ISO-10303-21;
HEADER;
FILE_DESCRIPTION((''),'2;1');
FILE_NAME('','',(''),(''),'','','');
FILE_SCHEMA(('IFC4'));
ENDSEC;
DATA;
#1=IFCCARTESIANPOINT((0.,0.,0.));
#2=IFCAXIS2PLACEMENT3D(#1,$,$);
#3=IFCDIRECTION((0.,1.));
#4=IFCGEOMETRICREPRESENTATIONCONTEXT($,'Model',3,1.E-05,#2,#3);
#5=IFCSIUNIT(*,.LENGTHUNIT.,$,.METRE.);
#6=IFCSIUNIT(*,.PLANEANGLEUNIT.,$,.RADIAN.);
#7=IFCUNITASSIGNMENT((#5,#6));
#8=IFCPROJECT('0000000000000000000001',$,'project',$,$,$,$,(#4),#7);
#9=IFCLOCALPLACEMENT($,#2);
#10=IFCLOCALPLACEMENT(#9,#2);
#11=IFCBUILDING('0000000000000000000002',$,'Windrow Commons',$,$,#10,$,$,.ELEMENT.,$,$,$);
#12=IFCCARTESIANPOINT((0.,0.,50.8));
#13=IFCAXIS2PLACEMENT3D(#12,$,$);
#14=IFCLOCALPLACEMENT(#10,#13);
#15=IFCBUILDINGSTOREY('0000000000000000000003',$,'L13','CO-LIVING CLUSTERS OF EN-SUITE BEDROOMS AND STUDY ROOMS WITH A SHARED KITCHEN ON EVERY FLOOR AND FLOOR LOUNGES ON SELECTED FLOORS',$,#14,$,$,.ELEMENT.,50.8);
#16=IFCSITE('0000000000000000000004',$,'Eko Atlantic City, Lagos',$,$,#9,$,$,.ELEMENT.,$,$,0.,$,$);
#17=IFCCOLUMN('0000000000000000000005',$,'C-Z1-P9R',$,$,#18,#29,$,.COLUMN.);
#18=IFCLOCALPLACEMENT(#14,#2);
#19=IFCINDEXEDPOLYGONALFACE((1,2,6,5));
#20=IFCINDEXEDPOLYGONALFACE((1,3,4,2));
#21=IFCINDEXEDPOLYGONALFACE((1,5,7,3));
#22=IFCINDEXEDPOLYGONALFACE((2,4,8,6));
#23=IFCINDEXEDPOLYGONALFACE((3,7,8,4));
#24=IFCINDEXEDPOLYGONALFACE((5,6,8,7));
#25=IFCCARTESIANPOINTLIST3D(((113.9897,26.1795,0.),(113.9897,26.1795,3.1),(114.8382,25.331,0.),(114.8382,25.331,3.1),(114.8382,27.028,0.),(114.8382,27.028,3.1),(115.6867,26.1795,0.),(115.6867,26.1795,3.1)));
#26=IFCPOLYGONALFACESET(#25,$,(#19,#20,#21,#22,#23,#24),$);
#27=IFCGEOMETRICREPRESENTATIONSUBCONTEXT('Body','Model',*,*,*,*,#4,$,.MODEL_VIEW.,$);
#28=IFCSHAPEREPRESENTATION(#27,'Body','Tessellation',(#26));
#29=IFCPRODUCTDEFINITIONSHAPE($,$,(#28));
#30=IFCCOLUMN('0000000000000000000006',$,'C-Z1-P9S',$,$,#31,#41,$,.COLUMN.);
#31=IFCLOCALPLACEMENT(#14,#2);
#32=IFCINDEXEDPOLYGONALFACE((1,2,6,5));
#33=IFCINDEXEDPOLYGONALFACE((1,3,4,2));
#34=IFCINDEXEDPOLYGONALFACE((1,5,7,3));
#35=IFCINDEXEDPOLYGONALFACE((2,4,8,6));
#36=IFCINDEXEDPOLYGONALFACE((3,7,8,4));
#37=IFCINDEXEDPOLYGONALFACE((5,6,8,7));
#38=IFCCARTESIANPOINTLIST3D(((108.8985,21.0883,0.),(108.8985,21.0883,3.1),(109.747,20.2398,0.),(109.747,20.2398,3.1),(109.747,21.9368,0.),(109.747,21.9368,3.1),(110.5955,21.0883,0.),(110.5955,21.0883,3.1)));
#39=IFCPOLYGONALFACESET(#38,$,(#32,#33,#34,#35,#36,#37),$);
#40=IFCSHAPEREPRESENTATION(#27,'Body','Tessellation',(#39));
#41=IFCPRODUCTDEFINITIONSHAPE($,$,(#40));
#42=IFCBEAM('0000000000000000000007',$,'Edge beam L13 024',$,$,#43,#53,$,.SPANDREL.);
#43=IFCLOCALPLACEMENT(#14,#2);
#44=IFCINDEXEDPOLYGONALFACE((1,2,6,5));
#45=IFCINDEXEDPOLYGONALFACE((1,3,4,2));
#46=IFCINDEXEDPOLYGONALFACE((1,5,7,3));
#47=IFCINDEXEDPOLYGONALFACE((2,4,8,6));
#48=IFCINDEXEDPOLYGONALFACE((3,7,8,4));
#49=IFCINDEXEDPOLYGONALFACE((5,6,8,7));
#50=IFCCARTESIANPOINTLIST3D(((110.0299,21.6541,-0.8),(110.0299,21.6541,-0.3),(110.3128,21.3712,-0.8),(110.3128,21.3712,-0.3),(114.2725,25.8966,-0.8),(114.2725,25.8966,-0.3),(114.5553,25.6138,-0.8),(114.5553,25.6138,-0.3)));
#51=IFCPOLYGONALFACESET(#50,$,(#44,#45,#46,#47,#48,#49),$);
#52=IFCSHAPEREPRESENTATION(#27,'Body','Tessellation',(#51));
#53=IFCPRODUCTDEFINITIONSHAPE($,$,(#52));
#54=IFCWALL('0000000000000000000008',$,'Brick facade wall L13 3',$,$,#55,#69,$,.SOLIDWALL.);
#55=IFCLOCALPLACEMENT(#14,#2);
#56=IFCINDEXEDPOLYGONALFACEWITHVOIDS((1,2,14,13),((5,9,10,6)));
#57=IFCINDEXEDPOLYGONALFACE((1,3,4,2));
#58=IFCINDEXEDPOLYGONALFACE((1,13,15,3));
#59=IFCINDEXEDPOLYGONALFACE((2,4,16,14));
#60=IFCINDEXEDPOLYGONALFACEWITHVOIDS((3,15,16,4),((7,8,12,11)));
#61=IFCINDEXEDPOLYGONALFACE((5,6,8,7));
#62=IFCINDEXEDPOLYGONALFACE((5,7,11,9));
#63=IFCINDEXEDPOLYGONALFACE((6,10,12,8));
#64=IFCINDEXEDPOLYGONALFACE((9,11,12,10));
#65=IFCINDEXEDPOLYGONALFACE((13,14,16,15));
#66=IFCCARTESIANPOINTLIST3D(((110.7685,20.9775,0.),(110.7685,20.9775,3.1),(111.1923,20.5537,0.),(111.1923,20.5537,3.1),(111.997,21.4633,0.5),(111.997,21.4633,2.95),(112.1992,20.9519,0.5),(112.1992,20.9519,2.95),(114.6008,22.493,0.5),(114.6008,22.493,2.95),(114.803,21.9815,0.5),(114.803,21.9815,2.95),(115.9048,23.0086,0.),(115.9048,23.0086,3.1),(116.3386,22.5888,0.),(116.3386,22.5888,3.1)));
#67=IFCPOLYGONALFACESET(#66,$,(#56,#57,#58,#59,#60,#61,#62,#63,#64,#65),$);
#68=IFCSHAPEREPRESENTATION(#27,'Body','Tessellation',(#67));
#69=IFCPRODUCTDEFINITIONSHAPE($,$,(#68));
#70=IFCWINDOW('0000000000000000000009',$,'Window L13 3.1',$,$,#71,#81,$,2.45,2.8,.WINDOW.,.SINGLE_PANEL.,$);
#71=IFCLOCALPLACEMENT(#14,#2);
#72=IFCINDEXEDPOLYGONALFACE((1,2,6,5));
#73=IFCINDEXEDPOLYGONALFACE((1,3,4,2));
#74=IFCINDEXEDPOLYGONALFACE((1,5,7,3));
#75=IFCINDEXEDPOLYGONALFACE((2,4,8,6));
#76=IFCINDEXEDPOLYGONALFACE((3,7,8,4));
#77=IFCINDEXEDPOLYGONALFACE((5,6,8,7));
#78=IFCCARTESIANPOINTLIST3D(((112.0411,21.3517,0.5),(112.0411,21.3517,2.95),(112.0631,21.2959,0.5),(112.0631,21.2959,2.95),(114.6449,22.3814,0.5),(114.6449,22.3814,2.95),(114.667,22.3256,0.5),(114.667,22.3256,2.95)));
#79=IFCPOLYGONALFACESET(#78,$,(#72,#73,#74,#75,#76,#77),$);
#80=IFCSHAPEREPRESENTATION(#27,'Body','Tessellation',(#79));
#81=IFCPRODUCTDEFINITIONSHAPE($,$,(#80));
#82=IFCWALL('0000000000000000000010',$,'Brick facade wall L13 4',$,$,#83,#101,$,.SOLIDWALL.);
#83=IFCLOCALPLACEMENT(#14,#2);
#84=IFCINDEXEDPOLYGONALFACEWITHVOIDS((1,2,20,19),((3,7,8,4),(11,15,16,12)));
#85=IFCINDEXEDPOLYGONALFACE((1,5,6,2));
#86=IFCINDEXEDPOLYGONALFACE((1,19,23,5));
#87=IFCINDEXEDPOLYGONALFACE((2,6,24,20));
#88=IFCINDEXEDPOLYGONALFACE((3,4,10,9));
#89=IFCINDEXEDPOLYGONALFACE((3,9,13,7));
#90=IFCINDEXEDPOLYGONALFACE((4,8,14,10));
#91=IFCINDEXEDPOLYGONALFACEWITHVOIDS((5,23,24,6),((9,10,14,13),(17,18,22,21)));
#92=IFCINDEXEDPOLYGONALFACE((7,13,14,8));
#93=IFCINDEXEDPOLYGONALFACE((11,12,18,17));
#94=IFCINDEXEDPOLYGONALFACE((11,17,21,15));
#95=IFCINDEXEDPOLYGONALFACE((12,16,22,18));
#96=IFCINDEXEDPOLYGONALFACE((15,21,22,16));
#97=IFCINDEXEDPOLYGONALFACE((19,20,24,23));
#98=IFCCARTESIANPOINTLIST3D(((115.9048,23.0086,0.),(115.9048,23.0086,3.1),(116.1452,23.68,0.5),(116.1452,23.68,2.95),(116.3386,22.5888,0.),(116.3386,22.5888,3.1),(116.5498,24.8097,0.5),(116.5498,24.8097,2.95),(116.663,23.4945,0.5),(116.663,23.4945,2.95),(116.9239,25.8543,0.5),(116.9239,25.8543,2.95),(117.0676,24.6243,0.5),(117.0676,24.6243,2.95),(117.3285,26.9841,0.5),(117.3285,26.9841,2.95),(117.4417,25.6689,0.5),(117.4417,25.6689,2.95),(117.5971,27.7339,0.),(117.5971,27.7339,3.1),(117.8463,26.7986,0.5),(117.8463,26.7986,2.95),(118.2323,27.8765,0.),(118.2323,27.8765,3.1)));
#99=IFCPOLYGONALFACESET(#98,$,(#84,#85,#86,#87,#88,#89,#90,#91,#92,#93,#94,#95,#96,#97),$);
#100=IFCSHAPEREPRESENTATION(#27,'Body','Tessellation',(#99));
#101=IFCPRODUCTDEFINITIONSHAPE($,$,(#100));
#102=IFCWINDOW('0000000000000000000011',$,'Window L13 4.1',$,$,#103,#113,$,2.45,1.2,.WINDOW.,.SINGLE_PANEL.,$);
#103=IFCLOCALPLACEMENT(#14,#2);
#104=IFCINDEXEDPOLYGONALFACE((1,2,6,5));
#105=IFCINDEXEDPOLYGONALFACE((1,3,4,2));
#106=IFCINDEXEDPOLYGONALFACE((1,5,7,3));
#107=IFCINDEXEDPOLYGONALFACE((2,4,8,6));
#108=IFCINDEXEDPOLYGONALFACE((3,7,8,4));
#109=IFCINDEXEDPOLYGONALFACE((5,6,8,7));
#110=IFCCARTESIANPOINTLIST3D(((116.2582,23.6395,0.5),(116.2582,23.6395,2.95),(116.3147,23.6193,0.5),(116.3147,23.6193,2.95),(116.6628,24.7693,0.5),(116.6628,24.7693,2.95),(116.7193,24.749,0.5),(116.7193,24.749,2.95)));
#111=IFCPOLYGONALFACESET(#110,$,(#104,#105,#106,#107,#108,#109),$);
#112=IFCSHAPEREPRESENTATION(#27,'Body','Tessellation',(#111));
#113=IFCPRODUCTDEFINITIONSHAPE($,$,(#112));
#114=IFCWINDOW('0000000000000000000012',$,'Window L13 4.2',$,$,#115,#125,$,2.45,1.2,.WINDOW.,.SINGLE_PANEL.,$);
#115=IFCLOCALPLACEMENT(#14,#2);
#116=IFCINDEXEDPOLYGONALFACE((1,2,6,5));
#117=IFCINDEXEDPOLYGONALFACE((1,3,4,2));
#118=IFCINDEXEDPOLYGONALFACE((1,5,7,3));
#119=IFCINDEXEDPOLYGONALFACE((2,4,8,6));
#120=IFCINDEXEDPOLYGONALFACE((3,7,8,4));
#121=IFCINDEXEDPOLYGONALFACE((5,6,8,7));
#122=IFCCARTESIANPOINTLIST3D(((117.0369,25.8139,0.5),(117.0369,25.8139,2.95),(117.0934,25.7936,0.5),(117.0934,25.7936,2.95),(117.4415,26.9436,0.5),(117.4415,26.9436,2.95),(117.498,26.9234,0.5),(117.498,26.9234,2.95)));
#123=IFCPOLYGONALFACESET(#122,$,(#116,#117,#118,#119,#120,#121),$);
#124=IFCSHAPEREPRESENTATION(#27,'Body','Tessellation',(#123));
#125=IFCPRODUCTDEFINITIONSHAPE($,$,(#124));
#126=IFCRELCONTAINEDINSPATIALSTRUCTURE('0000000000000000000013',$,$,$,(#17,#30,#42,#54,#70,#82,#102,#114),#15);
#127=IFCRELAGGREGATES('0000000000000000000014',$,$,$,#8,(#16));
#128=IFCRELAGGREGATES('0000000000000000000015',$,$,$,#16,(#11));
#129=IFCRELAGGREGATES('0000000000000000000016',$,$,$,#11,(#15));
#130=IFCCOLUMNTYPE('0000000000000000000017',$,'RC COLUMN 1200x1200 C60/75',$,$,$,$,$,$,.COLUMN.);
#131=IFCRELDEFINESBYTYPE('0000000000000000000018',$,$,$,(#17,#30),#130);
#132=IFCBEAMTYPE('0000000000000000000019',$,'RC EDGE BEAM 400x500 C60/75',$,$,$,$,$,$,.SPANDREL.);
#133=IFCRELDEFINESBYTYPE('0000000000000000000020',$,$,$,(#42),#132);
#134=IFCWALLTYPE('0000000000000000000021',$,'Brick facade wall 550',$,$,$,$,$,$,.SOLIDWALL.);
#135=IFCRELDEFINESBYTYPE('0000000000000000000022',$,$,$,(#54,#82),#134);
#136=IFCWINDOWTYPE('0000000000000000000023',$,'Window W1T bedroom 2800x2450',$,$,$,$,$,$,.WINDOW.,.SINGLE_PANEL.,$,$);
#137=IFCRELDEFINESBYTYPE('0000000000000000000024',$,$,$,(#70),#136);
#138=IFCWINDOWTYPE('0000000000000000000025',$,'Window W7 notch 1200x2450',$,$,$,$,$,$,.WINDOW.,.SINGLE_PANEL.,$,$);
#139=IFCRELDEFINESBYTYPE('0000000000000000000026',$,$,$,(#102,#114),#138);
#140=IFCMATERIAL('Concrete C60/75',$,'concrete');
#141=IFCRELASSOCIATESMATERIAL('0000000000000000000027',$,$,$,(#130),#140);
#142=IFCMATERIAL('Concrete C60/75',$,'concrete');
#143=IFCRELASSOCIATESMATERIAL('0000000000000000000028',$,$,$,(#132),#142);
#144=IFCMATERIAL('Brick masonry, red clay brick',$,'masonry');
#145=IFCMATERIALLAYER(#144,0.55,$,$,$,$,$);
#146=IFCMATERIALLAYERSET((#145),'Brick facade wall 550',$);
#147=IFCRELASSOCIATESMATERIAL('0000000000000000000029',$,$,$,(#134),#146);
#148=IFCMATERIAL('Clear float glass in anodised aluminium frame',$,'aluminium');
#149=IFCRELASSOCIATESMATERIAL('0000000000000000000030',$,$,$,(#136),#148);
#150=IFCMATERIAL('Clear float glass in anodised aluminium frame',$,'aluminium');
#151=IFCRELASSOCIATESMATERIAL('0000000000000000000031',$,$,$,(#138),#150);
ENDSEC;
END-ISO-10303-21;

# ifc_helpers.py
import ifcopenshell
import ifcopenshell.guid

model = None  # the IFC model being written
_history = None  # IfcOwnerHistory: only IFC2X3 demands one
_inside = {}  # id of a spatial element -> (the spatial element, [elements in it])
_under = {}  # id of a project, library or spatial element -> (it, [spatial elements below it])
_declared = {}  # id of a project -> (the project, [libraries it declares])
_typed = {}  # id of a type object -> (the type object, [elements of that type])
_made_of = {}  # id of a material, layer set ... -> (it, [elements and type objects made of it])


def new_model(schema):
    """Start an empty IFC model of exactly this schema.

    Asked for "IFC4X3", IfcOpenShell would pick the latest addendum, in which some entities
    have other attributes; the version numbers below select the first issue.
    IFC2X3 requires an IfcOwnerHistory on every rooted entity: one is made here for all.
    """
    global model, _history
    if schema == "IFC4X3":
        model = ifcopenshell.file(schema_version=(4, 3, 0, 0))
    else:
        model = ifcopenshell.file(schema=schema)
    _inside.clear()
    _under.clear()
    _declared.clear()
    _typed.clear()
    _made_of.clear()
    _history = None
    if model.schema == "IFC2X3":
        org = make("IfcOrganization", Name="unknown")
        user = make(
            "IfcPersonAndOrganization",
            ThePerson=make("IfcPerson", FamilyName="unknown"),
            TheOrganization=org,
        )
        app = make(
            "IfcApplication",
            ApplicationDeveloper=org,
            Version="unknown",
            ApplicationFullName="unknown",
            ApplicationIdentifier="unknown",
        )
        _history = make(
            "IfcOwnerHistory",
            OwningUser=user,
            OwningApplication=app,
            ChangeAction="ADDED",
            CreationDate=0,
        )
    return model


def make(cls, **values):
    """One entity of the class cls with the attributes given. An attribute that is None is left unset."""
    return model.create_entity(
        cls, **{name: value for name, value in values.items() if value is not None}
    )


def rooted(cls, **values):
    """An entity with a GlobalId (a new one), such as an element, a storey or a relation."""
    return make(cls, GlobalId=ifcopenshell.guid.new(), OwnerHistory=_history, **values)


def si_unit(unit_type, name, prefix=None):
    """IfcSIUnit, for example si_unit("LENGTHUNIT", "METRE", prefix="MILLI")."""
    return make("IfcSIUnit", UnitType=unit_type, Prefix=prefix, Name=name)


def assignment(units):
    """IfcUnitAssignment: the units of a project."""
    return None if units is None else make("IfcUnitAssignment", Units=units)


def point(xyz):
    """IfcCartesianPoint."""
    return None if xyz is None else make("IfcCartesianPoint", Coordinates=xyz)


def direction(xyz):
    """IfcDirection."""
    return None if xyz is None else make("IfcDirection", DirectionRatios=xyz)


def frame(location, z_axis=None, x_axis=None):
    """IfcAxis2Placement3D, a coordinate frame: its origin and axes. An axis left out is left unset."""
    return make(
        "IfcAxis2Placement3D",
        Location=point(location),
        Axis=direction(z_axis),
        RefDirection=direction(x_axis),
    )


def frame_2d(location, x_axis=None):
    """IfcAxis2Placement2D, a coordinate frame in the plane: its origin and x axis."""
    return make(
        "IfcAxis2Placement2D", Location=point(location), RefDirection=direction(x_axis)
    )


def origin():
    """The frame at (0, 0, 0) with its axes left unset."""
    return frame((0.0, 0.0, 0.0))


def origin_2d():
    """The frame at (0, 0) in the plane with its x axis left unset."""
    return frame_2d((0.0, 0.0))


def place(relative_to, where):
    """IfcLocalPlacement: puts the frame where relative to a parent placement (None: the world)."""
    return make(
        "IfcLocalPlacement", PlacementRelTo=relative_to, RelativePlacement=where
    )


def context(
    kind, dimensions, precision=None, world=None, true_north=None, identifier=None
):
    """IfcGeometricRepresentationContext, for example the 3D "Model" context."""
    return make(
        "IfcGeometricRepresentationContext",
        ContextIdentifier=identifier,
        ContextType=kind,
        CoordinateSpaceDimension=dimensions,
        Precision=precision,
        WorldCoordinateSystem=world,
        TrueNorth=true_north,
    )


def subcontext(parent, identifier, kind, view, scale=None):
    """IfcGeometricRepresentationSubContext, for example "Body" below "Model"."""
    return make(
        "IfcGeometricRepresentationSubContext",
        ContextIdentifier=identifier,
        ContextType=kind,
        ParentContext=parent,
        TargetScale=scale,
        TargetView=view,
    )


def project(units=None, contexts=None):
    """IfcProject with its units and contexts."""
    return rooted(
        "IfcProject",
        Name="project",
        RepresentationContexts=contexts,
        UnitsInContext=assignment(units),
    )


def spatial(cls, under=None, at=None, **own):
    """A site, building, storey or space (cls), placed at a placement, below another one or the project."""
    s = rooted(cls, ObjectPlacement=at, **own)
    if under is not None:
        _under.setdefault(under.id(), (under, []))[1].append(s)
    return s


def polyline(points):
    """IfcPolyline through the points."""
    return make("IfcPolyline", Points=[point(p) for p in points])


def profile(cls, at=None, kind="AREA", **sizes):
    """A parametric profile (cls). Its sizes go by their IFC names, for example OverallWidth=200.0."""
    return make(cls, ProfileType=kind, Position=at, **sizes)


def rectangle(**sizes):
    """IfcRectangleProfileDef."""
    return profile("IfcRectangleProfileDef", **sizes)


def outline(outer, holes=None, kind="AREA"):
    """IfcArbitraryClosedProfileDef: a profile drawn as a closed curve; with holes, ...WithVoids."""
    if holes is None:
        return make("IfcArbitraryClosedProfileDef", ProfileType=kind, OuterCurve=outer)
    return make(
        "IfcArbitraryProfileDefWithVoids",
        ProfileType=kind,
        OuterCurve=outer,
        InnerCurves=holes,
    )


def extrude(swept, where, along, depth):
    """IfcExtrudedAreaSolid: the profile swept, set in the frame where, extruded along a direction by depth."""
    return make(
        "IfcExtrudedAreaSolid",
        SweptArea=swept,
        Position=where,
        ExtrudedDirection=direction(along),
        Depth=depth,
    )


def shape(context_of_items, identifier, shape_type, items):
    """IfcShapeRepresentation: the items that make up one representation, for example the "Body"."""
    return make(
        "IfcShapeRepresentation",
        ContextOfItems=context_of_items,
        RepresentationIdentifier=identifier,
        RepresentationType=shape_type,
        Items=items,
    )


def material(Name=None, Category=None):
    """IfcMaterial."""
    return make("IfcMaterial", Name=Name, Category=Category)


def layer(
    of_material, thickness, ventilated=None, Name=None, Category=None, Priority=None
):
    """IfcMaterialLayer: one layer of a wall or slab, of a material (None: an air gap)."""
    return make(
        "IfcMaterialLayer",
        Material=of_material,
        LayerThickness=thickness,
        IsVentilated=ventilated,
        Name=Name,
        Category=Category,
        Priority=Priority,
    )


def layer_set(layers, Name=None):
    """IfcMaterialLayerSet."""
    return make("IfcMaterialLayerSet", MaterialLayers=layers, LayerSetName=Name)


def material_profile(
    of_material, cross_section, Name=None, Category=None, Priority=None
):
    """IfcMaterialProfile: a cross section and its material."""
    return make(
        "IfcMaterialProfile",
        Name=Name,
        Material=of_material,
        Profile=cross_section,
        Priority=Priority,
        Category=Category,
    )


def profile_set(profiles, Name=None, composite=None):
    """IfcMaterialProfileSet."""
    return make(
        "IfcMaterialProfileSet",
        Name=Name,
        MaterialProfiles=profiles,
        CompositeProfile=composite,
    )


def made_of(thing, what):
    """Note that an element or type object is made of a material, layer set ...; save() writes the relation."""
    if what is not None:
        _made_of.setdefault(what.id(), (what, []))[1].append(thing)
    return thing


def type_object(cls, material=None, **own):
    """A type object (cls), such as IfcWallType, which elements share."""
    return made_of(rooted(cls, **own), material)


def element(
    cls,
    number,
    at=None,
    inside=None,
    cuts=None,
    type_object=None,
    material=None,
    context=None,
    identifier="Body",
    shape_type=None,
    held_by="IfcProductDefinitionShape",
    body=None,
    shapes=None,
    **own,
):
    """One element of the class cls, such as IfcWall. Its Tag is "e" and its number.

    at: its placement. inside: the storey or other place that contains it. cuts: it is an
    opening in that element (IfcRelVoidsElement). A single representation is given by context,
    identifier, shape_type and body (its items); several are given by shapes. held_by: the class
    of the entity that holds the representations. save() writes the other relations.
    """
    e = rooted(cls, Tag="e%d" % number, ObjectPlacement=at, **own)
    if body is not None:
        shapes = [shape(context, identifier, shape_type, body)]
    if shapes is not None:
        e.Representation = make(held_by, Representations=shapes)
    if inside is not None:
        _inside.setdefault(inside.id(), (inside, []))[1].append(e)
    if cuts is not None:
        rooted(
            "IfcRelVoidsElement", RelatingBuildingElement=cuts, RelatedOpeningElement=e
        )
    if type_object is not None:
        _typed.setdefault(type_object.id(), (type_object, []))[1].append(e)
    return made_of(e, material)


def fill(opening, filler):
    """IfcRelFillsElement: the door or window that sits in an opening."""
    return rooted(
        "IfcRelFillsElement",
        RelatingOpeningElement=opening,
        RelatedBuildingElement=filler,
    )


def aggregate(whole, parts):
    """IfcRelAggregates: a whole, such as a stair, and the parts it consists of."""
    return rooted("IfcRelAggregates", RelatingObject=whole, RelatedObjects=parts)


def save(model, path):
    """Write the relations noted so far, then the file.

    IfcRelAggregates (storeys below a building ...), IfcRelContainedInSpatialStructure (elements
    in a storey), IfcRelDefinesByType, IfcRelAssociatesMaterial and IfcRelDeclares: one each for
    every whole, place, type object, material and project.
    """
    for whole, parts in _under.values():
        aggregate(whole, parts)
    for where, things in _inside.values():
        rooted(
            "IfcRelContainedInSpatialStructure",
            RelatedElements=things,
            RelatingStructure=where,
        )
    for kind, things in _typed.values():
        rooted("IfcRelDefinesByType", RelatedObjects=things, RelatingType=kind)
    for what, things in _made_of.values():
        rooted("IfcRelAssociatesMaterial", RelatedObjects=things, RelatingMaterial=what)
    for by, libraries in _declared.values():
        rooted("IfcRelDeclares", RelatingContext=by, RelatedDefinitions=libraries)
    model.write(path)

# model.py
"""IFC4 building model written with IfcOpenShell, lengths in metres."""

from ifc_helpers import new_model, si_unit, direction, frame, frame_2d, origin, origin_2d, place, context, subcontext, project, spatial, polyline, rectangle, outline, extrude, material, layer, layer_set, material_profile, profile_set, type_object, element, fill, save


model = new_model("IFC4")

# Units and contexts
model_context = context("Model", 3, precision=1e-05, world=origin(), true_north=direction((0.0, 1.0)))
body_context = subcontext(model_context, "Body", "Model", "MODEL_VIEW")
ifc_project = project(units=[si_unit("LENGTHUNIT", "METRE"), si_unit("PLANEANGLEUNIT", "RADIAN")], contexts=[model_context])

# Site, building, storey
site_placement = place(None, origin())
site = spatial("IfcSite", under=ifc_project, at=site_placement, Name="Eko Atlantic City, Lagos", CompositionType="ELEMENT", RefElevation=0.0)
building_placement = place(site_placement, origin())
building = spatial("IfcBuilding", under=site, at=building_placement, Name="Windrow Commons", CompositionType="ELEMENT")
storey_placement = place(building_placement, frame((0.0, 0.0, 50.8)))
storey = spatial("IfcBuildingStorey", under=building, at=storey_placement, Name="L13", Description="CO-LIVING CLUSTERS OF EN-SUITE BEDROOMS AND STUDY ROOMS WITH A SHARED KITCHEN ON EVERY FLOOR AND FLOOR LOUNGES ON SELECTED FLOORS", CompositionType="ELEMENT", Elevation=50.8)

# Columns
ifc_material_1 = material(Name="Concrete C60/75", Category="concrete")
ifc_material_profile_1 = material_profile(ifc_material_1, rectangle(XDim=1.2, YDim=1.2, at=origin_2d()))
ifc_profile_set_1 = profile_set([ifc_material_profile_1], Name="Concrete C60/75")
column_type = type_object("IfcColumnType", Name="RC COLUMN 1200x1200 C60/75", PredefinedType="COLUMN", material=ifc_profile_set_1)
for number, where, z_axis, x_axis, name in (
    (1, (114.8382, 26.1795, 0.0), (0.0, 0.0, 1.0), (0.707107, -0.707107, 0.0), "C-Z1-P9R"),
    (2, (109.747, 21.0883, 0.0), (0.0, 0.0, 1.0), (0.707107, -0.707107, 0.0), "C-Z1-P9S"),
):
    element("IfcColumn", number, at=place(storey_placement, frame(where, z_axis=z_axis, x_axis=x_axis)), inside=storey, type_object=column_type, Name=name, PredefinedType="COLUMN", context=body_context, shape_type="SweptSolid", body=[
        extrude(rectangle(XDim=1.2, YDim=1.2, at=origin_2d()), origin(), (0.0, 0.0, 1.0), 3.1),
    ])

# Beam
ifc_material_2 = material(Name="Concrete C60/75", Category="concrete")
ifc_material_profile_2 = material_profile(ifc_material_2, rectangle(XDim=0.4, YDim=0.5, at=origin_2d()))
ifc_profile_set_2 = profile_set([ifc_material_profile_2], Name="Concrete C60/75")
beam_type = type_object("IfcBeamType", Name="RC EDGE BEAM 400x500 C60/75", PredefinedType="SPANDREL", material=ifc_profile_set_2)
beam_placement = place(storey_placement, frame((114.4139, 25.7552, -0.55), z_axis=(-0.707107, -0.707107, 0.0), x_axis=(0.707107, -0.707107, 0.0)))
element("IfcBeam", 3, at=beam_placement, inside=storey, type_object=beam_type, Name="Edge beam L13 024", PredefinedType="SPANDREL", context=body_context, shape_type="SweptSolid", body=[
    extrude(rectangle(XDim=0.4, YDim=0.5, at=origin_2d()), origin(), (0.0, 0.0, 1.0), 5.9999),
])

# Wall, opening, window
ifc_material_3 = material(Name="Brick masonry, red clay brick", Category="masonry")
ifc_layer_1 = layer(ifc_material_3, 0.55)
ifc_layer_set_1 = layer_set([ifc_layer_1], Name="Brick facade wall 550")
wall_type_1 = type_object("IfcWallType", Name="Brick facade wall 550", PredefinedType="SOLIDWALL", material=ifc_layer_set_1)
wall_1_placement = place(storey_placement, frame((110.9804, 20.7656, 0.0), z_axis=(0.0, 0.0, 1.0), x_axis=(0.92993, 0.367736, 0.0)))
wall_1 = element("IfcWall", 4, at=wall_1_placement, inside=storey, type_object=wall_type_1, Name="Brick facade wall L13 3", PredefinedType="SOLIDWALL", context=body_context, shape_type="SweptSolid", body=[
    extrude(outline(polyline([(0.1191, -0.275), (5.6532, -0.275), (5.4042, 0.275), (-0.1191, 0.275), (0.1191, -0.275)])), origin(), (0.0, 0.0, 1.0), 3.1),
])
opening_1_placement = place(wall_1_placement, frame((1.2019, 0.0, 0.5)))
opening_1 = element("IfcOpeningElement", 5, at=opening_1_placement, cuts=wall_1, PredefinedType="OPENING", context=body_context, shape_type="SweptSolid", body=[
    extrude(rectangle(XDim=2.8, YDim=2.45, at=frame_2d((1.4, 1.225))), frame((0.0, 0.285, 0.0), z_axis=(0.0, -1.0, 0.0), x_axis=(1.0, 0.0, 0.0)), (0.0, 0.0, 1.0), 0.57),
])
ifc_material_4 = material(Name="Clear float glass in anodised aluminium frame", Category="aluminium")
window_type_1 = type_object("IfcWindowType", Name="Window W1T bedroom 2800x2450", PartitioningType="SINGLE_PANEL", PredefinedType="WINDOW", material=ifc_material_4)
window_1_placement = place(opening_1_placement, origin())
window_1 = element("IfcWindow", 6, at=window_1_placement, inside=storey, type_object=window_type_1, Name="Window L13 3.1", OverallHeight=2.45, OverallWidth=2.8, PartitioningType="SINGLE_PANEL", PredefinedType="WINDOW", context=body_context, shape_type="SweptSolid", body=[
    extrude(rectangle(XDim=2.8, YDim=2.45, at=frame_2d((1.4, 1.225))), frame((0.0, 0.155, 0.0), z_axis=(0.0, -1.0, 0.0), x_axis=(1.0, 0.0, 0.0)), (0.0, 0.0, 1.0), 0.06),
])
fill(opening_1, window_1)

# Wall, openings, windows
wall_2_placement = place(storey_placement, frame((116.1217, 22.7987, 0.0), z_axis=(0.0, 0.0, 1.0), x_axis=(0.337164, 0.941446, 0.0)))
wall_2 = element("IfcWall", 7, at=wall_2_placement, inside=storey, type_object=wall_type_1, Name="Brick facade wall L13 4", PredefinedType="SOLIDWALL", context=body_context, shape_type="SweptSolid", body=[
    extrude(outline(polyline([(-0.1245, -0.275), (5.4921, -0.275), (5.1437, 0.275), (0.1245, 0.275), (-0.1245, -0.275)])), origin(), (0.0, 0.0, 1.0), 3.1),
])
opening_2_placement = place(wall_2_placement, frame((0.8376, 0.0, 0.5)))
opening_2 = element("IfcOpeningElement", 8, at=opening_2_placement, cuts=wall_2, PredefinedType="OPENING", context=body_context, shape_type="SweptSolid", body=[
    extrude(rectangle(XDim=1.2, YDim=2.45, at=frame_2d((0.6, 1.225))), frame((0.0, 0.285, 0.0), z_axis=(0.0, -1.0, 0.0), x_axis=(1.0, 0.0, 0.0)), (0.0, 0.0, 1.0), 0.57),
])
opening_3_placement = place(wall_2_placement, frame((3.1472, 0.0, 0.5)))
opening_3 = element("IfcOpeningElement", 9, at=opening_3_placement, cuts=wall_2, PredefinedType="OPENING", context=body_context, shape_type="SweptSolid", body=[
    extrude(rectangle(XDim=1.2, YDim=2.45, at=frame_2d((0.6, 1.225))), frame((0.0, 0.285, 0.0), z_axis=(0.0, -1.0, 0.0), x_axis=(1.0, 0.0, 0.0)), (0.0, 0.0, 1.0), 0.57),
])
ifc_material_5 = material(Name="Clear float glass in anodised aluminium frame", Category="aluminium")
window_type_2 = type_object("IfcWindowType", Name="Window W7 notch 1200x2450", PartitioningType="SINGLE_PANEL", PredefinedType="WINDOW", material=ifc_material_5)
window_2_placement = place(opening_2_placement, origin())
window_2 = element("IfcWindow", 10, at=window_2_placement, inside=storey, type_object=window_type_2, Name="Window L13 4.1", OverallHeight=2.45, OverallWidth=1.2, PartitioningType="SINGLE_PANEL", PredefinedType="WINDOW", context=body_context, shape_type="SweptSolid", body=[
    extrude(rectangle(XDim=1.2, YDim=2.45, at=frame_2d((0.6, 1.225))), frame((0.0, 0.155, 0.0), z_axis=(0.0, -1.0, 0.0), x_axis=(1.0, 0.0, 0.0)), (0.0, 0.0, 1.0), 0.06),
])
fill(opening_2, window_2)
window_3_placement = place(opening_3_placement, origin())
window_3 = element("IfcWindow", 11, at=window_3_placement, inside=storey, type_object=window_type_2, Name="Window L13 4.2", OverallHeight=2.45, OverallWidth=1.2, PartitioningType="SINGLE_PANEL", PredefinedType="WINDOW", context=body_context, shape_type="SweptSolid", body=[
    extrude(rectangle(XDim=1.2, YDim=2.45, at=frame_2d((0.6, 1.225))), frame((0.0, 0.155, 0.0), z_axis=(0.0, -1.0, 0.0), x_axis=(1.0, 0.0, 0.0)), (0.0, 0.0, 1.0), 0.06),
])
fill(opening_3, window_3)

save(model, "model.ifc")
